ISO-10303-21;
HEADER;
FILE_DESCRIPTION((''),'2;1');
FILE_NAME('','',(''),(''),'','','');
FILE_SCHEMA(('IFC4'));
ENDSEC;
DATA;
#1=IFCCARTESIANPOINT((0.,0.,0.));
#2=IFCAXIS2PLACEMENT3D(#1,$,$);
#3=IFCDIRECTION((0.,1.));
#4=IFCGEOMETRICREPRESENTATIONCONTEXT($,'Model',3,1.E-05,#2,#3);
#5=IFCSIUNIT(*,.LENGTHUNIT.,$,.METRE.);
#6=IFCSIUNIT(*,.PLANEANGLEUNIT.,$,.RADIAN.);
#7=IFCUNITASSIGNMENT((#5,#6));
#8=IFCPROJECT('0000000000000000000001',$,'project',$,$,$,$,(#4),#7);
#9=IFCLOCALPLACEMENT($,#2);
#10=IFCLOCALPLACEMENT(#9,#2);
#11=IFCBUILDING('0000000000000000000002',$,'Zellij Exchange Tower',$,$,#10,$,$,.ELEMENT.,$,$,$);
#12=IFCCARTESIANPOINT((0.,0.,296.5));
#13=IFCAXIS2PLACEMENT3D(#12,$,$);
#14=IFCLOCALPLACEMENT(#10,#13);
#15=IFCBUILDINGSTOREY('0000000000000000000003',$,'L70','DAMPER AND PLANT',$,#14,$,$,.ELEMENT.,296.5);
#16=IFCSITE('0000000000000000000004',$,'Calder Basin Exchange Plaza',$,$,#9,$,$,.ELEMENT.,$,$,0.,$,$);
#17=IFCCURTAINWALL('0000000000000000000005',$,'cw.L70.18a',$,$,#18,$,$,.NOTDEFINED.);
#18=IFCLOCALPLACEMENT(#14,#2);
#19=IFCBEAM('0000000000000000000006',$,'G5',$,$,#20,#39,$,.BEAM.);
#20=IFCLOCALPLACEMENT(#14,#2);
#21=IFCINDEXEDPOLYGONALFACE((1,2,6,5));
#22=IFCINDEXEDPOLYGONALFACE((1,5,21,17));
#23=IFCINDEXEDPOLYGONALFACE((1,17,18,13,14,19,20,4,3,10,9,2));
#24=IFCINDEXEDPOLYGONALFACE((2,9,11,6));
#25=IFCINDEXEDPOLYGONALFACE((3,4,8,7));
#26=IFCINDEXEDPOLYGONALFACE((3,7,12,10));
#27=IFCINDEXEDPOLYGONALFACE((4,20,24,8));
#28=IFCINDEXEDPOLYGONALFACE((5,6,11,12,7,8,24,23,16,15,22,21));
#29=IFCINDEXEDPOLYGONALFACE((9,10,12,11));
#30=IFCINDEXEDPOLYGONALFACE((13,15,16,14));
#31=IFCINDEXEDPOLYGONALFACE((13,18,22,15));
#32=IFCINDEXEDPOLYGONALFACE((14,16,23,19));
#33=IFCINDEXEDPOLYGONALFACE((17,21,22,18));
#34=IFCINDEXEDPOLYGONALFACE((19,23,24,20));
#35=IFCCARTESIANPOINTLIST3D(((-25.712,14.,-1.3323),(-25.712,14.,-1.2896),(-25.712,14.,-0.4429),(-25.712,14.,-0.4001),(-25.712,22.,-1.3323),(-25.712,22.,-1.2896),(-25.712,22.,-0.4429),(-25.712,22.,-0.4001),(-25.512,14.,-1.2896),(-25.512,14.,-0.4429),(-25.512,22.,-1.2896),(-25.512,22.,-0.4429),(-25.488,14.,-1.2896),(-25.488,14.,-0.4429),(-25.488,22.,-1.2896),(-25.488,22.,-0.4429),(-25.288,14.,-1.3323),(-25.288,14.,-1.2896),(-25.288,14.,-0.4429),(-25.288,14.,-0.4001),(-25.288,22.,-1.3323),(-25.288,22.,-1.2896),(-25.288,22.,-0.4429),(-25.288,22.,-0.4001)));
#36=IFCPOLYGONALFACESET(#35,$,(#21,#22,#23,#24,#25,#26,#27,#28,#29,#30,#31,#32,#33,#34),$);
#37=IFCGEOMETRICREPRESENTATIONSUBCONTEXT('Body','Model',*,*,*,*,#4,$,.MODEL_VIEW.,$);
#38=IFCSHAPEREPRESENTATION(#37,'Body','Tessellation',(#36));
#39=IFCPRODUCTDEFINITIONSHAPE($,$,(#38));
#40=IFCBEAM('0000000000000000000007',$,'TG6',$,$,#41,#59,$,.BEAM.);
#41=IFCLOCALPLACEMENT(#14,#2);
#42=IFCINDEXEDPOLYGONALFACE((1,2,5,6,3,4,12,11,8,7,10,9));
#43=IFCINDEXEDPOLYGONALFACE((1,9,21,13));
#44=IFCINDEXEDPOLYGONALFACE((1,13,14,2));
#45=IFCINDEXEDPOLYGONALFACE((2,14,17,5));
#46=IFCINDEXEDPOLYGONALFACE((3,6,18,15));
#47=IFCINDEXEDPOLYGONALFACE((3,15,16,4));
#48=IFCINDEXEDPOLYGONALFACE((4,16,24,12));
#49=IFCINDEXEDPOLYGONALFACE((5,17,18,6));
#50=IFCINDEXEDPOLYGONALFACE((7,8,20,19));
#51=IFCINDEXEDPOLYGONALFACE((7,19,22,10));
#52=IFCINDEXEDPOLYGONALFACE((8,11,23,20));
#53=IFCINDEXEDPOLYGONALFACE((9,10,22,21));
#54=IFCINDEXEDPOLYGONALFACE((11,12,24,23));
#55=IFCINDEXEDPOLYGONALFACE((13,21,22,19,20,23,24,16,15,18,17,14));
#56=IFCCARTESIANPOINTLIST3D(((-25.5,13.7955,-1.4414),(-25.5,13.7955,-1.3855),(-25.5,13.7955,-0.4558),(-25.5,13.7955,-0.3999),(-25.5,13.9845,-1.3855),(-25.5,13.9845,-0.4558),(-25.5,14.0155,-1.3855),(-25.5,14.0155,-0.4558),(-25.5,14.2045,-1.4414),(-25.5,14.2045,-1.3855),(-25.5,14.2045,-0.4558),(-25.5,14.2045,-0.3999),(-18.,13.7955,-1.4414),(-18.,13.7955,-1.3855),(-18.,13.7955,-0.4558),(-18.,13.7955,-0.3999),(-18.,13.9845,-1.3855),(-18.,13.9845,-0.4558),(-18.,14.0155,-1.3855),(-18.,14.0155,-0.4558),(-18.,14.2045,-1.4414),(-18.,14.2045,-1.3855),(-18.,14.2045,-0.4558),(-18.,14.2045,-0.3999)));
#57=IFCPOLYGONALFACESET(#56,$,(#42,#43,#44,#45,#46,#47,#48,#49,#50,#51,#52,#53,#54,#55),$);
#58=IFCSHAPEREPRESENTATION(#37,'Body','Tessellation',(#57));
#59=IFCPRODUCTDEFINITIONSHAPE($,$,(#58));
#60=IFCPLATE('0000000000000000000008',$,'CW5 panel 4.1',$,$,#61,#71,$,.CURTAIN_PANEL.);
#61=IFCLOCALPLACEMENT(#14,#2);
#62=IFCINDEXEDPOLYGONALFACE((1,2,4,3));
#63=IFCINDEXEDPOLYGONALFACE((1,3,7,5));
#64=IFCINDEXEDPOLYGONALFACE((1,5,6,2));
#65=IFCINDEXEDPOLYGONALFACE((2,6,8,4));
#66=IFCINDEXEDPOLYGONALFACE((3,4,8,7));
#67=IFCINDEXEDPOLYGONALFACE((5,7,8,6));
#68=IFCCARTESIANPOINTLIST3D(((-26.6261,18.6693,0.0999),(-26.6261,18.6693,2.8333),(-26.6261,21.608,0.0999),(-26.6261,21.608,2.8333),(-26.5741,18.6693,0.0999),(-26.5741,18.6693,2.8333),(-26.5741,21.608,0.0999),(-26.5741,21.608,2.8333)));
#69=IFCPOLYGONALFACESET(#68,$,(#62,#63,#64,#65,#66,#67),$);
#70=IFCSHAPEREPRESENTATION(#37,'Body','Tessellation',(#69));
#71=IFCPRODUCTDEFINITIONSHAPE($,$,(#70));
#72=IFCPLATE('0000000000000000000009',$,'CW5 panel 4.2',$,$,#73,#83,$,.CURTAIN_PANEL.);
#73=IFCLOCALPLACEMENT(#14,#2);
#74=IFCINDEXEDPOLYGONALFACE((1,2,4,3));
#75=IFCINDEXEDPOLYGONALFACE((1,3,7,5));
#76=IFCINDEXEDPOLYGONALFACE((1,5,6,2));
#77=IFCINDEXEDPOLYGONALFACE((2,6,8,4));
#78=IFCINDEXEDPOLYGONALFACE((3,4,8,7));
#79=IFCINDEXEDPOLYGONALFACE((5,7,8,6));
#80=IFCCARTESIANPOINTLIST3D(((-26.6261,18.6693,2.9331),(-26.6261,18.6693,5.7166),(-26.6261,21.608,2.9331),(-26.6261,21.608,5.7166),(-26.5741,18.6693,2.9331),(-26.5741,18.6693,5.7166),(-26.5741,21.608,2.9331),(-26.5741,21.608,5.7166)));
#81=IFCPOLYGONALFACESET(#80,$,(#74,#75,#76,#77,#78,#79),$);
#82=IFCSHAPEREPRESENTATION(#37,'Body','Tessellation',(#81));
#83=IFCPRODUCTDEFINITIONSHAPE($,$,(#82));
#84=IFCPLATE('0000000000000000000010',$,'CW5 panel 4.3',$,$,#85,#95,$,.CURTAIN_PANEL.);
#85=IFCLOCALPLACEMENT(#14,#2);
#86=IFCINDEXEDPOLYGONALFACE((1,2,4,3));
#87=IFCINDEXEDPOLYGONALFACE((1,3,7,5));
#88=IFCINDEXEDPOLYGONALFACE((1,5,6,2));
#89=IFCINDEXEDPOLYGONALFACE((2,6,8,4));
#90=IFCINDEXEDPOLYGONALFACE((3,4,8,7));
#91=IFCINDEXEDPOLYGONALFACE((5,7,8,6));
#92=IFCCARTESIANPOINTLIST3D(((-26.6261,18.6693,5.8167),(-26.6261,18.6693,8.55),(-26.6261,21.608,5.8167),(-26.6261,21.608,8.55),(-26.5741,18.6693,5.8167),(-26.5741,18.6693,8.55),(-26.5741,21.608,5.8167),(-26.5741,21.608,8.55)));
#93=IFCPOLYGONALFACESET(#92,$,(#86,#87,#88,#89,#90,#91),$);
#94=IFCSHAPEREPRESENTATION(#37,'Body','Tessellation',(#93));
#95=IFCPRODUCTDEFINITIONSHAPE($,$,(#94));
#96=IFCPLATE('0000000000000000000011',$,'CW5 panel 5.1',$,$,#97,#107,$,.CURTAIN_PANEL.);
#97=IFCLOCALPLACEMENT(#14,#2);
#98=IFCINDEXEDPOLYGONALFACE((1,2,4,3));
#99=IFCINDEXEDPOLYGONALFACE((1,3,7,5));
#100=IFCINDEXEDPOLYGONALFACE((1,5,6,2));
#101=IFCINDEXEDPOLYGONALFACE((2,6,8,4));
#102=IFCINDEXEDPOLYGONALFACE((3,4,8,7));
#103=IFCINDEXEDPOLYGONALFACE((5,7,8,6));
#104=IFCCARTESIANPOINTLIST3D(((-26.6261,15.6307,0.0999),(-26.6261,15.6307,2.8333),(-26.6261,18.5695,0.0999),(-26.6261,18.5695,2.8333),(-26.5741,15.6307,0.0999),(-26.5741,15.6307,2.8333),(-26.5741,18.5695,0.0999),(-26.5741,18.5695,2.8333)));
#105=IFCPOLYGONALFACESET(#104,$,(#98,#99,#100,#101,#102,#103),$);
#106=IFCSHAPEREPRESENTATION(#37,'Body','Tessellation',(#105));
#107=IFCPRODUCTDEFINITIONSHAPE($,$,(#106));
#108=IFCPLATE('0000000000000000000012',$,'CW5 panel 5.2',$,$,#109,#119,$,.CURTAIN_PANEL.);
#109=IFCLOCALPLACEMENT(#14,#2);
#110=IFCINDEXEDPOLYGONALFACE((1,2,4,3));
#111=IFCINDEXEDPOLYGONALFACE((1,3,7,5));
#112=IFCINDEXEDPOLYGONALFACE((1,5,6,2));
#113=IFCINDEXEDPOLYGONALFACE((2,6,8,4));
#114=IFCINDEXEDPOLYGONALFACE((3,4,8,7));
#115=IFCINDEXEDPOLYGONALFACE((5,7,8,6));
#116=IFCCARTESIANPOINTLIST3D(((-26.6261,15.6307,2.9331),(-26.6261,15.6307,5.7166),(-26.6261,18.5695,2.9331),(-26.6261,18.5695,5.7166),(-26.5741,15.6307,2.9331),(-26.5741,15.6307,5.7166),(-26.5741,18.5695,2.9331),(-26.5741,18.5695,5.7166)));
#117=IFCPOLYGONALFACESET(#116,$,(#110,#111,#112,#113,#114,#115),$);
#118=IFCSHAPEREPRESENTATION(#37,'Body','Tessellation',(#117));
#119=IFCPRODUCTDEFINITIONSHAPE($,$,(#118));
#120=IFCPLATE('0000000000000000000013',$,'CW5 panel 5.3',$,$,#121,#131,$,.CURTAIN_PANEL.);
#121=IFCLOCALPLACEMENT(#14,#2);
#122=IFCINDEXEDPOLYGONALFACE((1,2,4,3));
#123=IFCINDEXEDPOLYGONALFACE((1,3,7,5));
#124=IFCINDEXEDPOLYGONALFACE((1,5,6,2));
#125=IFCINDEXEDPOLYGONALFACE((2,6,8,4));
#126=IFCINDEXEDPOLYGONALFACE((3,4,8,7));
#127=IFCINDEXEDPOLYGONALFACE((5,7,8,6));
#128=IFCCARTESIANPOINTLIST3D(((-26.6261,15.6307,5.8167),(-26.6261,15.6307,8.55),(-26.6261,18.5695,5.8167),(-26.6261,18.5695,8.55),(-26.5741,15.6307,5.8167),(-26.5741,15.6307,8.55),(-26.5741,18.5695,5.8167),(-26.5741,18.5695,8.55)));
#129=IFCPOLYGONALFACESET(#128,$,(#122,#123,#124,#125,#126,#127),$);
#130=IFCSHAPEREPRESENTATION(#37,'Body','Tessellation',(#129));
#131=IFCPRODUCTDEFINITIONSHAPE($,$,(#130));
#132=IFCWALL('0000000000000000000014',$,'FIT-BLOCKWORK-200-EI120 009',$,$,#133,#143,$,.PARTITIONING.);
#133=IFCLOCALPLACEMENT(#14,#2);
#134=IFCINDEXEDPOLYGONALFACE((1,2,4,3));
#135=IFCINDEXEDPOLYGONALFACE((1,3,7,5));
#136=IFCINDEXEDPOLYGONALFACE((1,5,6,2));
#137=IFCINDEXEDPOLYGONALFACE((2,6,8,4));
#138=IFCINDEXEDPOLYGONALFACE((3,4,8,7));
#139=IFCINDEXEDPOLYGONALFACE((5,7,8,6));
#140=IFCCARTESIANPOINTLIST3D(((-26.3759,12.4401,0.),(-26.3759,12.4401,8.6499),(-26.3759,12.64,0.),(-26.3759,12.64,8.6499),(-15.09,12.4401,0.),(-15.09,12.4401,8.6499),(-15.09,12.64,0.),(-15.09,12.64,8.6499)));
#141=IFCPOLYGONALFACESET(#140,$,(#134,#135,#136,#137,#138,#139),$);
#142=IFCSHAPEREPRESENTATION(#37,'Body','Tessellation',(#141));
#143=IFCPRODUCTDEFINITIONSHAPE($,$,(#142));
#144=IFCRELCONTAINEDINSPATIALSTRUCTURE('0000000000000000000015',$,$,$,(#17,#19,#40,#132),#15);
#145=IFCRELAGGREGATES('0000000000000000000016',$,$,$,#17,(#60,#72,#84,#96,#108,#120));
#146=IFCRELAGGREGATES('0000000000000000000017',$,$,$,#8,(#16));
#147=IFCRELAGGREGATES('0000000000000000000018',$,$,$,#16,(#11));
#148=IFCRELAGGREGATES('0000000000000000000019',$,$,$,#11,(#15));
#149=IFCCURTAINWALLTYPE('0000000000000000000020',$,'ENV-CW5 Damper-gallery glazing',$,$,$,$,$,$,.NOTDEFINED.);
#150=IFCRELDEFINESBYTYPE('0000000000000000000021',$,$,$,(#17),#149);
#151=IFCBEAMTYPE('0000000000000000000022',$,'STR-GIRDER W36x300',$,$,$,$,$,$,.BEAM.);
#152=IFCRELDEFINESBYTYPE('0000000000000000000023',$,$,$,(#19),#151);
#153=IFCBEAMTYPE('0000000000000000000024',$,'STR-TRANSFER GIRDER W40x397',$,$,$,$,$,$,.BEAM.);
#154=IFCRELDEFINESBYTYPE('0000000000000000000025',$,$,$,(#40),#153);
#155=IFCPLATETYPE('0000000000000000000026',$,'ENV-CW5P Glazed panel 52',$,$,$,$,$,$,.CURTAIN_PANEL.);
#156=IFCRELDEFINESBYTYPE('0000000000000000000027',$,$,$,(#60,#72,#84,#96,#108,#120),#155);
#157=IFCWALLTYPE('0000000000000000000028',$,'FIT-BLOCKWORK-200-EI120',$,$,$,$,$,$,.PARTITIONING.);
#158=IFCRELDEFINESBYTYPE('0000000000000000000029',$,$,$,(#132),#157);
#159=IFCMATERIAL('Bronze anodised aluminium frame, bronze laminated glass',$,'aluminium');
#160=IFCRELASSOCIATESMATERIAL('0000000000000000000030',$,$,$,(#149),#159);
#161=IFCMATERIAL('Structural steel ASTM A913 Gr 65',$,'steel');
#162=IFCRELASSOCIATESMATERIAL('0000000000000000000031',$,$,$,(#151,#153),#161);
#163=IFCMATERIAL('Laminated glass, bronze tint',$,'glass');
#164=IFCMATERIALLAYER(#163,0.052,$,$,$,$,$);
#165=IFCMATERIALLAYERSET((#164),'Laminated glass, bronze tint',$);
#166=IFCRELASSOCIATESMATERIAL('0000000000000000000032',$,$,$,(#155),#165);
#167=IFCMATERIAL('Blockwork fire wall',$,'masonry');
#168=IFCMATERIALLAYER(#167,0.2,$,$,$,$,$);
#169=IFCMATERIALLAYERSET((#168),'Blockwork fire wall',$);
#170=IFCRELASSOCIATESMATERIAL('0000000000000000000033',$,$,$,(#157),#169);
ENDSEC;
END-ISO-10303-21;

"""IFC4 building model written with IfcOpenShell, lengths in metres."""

from ifc_helpers import new_model, si_unit, direction, frame, frame_2d, origin, origin_2d, place, context, subcontext, project, spatial, rectangle, i_section, extrude, material, layer, layer_set, material_profile, profile_set, type_object, element, aggregate, save


model = new_model("IFC4")

# Units and contexts
model_context = context("Model", 3, precision=1e-05, world=origin(), true_north=direction((0.0, 1.0)))
body_context = subcontext(model_context, "Body", "Model", "MODEL_VIEW")
ifc_project = project(units=[si_unit("LENGTHUNIT", "METRE"), si_unit("PLANEANGLEUNIT", "RADIAN")], contexts=[model_context])

# Site, building, storey
site_placement = place(None, origin())
site = spatial("IfcSite", under=ifc_project, at=site_placement, Name="Calder Basin Exchange Plaza", CompositionType="ELEMENT", RefElevation=0.0)
building_placement = place(site_placement, origin())
building = spatial("IfcBuilding", under=site, at=building_placement, Name="Zellij Exchange Tower", CompositionType="ELEMENT")
storey_placement = place(building_placement, frame((0.0, 0.0, 296.5)))
storey = spatial("IfcBuildingStorey", under=building, at=storey_placement, Name="L70", Description="DAMPER AND PLANT", CompositionType="ELEMENT", Elevation=296.5)

# Curtain wall
ifc_material_1 = material(Name="Bronze anodised aluminium frame, bronze laminated glass", Category="aluminium")
curtain_wall_type = type_object("IfcCurtainWallType", Name="ENV-CW5 Damper-gallery glazing", PredefinedType="NOTDEFINED", material=ifc_material_1)
curtain_wall_placement = place(storey_placement, origin())
curtain_wall = element("IfcCurtainWall", 1, at=curtain_wall_placement, inside=storey, type_object=curtain_wall_type, Name="cw.L70.18a", PredefinedType="NOTDEFINED")

# Beams
ifc_material_2 = material(Name="Structural steel ASTM A913 Gr 65", Category="steel")
ifc_material_profile_1 = material_profile(ifc_material_2, i_section(OverallWidth=0.4241, OverallDepth=0.9321, WebThickness=0.0239, FlangeThickness=0.0427, at=origin_2d()), Name="W36x300")
ifc_profile_set_1 = profile_set([ifc_material_profile_1], Name="Structural steel ASTM A913 Gr 65")
beam_type_1 = type_object("IfcBeamType", Name="STR-GIRDER W36x300", PredefinedType="BEAM", material=ifc_profile_set_1)
beam_1_placement = place(storey_placement, frame((-25.5, 14.0, -0.8662), z_axis=(0.0, 1.0, 0.0), x_axis=(-1.0, 0.0, 0.0)))
element("IfcBeam", 2, at=beam_1_placement, inside=storey, type_object=beam_type_1, Name="G5", PredefinedType="BEAM", context=body_context, shape_type="SweptSolid", body=[
    extrude(i_section(OverallWidth=0.4241, OverallDepth=0.9321, WebThickness=0.0239, FlangeThickness=0.0427, at=origin_2d()), origin(), (0.0, 0.0, 1.0), 8.0),
])
ifc_material_profile_2 = material_profile(ifc_material_2, i_section(OverallWidth=0.4089, OverallDepth=1.0415, WebThickness=0.031, FlangeThickness=0.0559, at=origin_2d()), Name="W40x397")
ifc_profile_set_2 = profile_set([ifc_material_profile_2], Name="Structural steel ASTM A913 Gr 65")
beam_type_2 = type_object("IfcBeamType", Name="STR-TRANSFER GIRDER W40x397", PredefinedType="BEAM", material=ifc_profile_set_2)
beam_2_placement = place(storey_placement, frame((-25.5, 14.0, -0.9207), z_axis=(1.0, 0.0, 0.0), x_axis=(0.0, 1.0, 0.0)))
element("IfcBeam", 3, at=beam_2_placement, inside=storey, type_object=beam_type_2, Name="TG6", PredefinedType="BEAM", context=body_context, shape_type="SweptSolid", body=[
    extrude(i_section(OverallWidth=0.4089, OverallDepth=1.0415, WebThickness=0.031, FlangeThickness=0.0559, at=origin_2d()), origin(), (0.0, 0.0, 1.0), 7.5),
])

# Plates
ifc_material_3 = material(Name="Laminated glass, bronze tint", Category="glass")
ifc_layer_1 = layer(ifc_material_3, 0.052)
ifc_layer_set_1 = layer_set([ifc_layer_1], Name="Laminated glass, bronze tint")
plate_type = type_object("IfcPlateType", Name="ENV-CW5P Glazed panel 52", PredefinedType="CURTAIN_PANEL", material=ifc_layer_set_1)
plate_1_placement = place(storey_placement, frame((-26.6001, 20.1387, 0.0999), z_axis=(0.0, 0.0, 1.0), x_axis=(0.0, -1.0, 0.0)))
plate_1 = element("IfcPlate", 4, at=plate_1_placement, type_object=plate_type, Name="CW5 panel 4.1", PredefinedType="CURTAIN_PANEL", context=body_context, shape_type="SweptSolid", body=[
    extrude(rectangle(XDim=2.9387, YDim=0.052, at=origin_2d()), origin(), (0.0, 0.0, 1.0), 2.7334),
])
plate_2_placement = place(storey_placement, frame((-26.6001, 20.1387, 2.9331), z_axis=(0.0, 0.0, 1.0), x_axis=(0.0, -1.0, 0.0)))
plate_2 = element("IfcPlate", 5, at=plate_2_placement, type_object=plate_type, Name="CW5 panel 4.2", PredefinedType="CURTAIN_PANEL", context=body_context, shape_type="SweptSolid", body=[
    extrude(rectangle(XDim=2.9387, YDim=0.052, at=origin_2d()), origin(), (0.0, 0.0, 1.0), 2.7834),
])
plate_3_placement = place(storey_placement, frame((-26.6001, 20.1387, 5.8167), z_axis=(0.0, 0.0, 1.0), x_axis=(0.0, -1.0, 0.0)))
plate_3 = element("IfcPlate", 6, at=plate_3_placement, type_object=plate_type, Name="CW5 panel 4.3", PredefinedType="CURTAIN_PANEL", context=body_context, shape_type="SweptSolid", body=[
    extrude(rectangle(XDim=2.9387, YDim=0.052, at=origin_2d()), origin(), (0.0, 0.0, 1.0), 2.7334),
])
plate_4_placement = place(storey_placement, frame((-26.6001, 17.1001, 0.0999), z_axis=(0.0, 0.0, 1.0), x_axis=(0.0, -1.0, 0.0)))
plate_4 = element("IfcPlate", 7, at=plate_4_placement, type_object=plate_type, Name="CW5 panel 5.1", PredefinedType="CURTAIN_PANEL", context=body_context, shape_type="SweptSolid", body=[
    extrude(rectangle(XDim=2.9387, YDim=0.052, at=origin_2d()), origin(), (0.0, 0.0, 1.0), 2.7334),
])
plate_5_placement = place(storey_placement, frame((-26.6001, 17.1001, 2.9331), z_axis=(0.0, 0.0, 1.0), x_axis=(0.0, -1.0, 0.0)))
plate_5 = element("IfcPlate", 8, at=plate_5_placement, type_object=plate_type, Name="CW5 panel 5.2", PredefinedType="CURTAIN_PANEL", context=body_context, shape_type="SweptSolid", body=[
    extrude(rectangle(XDim=2.9387, YDim=0.052, at=origin_2d()), origin(), (0.0, 0.0, 1.0), 2.7834),
])
plate_6_placement = place(storey_placement, frame((-26.6001, 17.1001, 5.8167), z_axis=(0.0, 0.0, 1.0), x_axis=(0.0, -1.0, 0.0)))
plate_6 = element("IfcPlate", 9, at=plate_6_placement, type_object=plate_type, Name="CW5 panel 5.3", PredefinedType="CURTAIN_PANEL", context=body_context, shape_type="SweptSolid", body=[
    extrude(rectangle(XDim=2.9387, YDim=0.052, at=origin_2d()), origin(), (0.0, 0.0, 1.0), 2.7334),
])
aggregate(curtain_wall, [plate_1, plate_2, plate_3, plate_4, plate_5, plate_6])

# Wall
ifc_material_4 = material(Name="Blockwork fire wall", Category="masonry")
ifc_layer_2 = layer(ifc_material_4, 0.2)
ifc_layer_set_2 = layer_set([ifc_layer_2], Name="Blockwork fire wall")
wall_type = type_object("IfcWallType", Name="FIT-BLOCKWORK-200-EI120", PredefinedType="PARTITIONING", material=ifc_layer_set_2)
wall_placement = place(storey_placement, frame((-26.376, 12.54, 0.0), z_axis=(0.0, 0.0, 1.0), x_axis=(1.0, 0.0, 0.0)))
element("IfcWall", 10, at=wall_placement, inside=storey, type_object=wall_type, Name="FIT-BLOCKWORK-200-EI120 009", PredefinedType="PARTITIONING", context=body_context, shape_type="SweptSolid", body=[
    extrude(rectangle(XDim=11.2859, YDim=0.2, at=frame_2d((5.6431, 0.0))), origin(), (0.0, 0.0, 1.0), 8.6499),
])

save(model, "model.ifc")
